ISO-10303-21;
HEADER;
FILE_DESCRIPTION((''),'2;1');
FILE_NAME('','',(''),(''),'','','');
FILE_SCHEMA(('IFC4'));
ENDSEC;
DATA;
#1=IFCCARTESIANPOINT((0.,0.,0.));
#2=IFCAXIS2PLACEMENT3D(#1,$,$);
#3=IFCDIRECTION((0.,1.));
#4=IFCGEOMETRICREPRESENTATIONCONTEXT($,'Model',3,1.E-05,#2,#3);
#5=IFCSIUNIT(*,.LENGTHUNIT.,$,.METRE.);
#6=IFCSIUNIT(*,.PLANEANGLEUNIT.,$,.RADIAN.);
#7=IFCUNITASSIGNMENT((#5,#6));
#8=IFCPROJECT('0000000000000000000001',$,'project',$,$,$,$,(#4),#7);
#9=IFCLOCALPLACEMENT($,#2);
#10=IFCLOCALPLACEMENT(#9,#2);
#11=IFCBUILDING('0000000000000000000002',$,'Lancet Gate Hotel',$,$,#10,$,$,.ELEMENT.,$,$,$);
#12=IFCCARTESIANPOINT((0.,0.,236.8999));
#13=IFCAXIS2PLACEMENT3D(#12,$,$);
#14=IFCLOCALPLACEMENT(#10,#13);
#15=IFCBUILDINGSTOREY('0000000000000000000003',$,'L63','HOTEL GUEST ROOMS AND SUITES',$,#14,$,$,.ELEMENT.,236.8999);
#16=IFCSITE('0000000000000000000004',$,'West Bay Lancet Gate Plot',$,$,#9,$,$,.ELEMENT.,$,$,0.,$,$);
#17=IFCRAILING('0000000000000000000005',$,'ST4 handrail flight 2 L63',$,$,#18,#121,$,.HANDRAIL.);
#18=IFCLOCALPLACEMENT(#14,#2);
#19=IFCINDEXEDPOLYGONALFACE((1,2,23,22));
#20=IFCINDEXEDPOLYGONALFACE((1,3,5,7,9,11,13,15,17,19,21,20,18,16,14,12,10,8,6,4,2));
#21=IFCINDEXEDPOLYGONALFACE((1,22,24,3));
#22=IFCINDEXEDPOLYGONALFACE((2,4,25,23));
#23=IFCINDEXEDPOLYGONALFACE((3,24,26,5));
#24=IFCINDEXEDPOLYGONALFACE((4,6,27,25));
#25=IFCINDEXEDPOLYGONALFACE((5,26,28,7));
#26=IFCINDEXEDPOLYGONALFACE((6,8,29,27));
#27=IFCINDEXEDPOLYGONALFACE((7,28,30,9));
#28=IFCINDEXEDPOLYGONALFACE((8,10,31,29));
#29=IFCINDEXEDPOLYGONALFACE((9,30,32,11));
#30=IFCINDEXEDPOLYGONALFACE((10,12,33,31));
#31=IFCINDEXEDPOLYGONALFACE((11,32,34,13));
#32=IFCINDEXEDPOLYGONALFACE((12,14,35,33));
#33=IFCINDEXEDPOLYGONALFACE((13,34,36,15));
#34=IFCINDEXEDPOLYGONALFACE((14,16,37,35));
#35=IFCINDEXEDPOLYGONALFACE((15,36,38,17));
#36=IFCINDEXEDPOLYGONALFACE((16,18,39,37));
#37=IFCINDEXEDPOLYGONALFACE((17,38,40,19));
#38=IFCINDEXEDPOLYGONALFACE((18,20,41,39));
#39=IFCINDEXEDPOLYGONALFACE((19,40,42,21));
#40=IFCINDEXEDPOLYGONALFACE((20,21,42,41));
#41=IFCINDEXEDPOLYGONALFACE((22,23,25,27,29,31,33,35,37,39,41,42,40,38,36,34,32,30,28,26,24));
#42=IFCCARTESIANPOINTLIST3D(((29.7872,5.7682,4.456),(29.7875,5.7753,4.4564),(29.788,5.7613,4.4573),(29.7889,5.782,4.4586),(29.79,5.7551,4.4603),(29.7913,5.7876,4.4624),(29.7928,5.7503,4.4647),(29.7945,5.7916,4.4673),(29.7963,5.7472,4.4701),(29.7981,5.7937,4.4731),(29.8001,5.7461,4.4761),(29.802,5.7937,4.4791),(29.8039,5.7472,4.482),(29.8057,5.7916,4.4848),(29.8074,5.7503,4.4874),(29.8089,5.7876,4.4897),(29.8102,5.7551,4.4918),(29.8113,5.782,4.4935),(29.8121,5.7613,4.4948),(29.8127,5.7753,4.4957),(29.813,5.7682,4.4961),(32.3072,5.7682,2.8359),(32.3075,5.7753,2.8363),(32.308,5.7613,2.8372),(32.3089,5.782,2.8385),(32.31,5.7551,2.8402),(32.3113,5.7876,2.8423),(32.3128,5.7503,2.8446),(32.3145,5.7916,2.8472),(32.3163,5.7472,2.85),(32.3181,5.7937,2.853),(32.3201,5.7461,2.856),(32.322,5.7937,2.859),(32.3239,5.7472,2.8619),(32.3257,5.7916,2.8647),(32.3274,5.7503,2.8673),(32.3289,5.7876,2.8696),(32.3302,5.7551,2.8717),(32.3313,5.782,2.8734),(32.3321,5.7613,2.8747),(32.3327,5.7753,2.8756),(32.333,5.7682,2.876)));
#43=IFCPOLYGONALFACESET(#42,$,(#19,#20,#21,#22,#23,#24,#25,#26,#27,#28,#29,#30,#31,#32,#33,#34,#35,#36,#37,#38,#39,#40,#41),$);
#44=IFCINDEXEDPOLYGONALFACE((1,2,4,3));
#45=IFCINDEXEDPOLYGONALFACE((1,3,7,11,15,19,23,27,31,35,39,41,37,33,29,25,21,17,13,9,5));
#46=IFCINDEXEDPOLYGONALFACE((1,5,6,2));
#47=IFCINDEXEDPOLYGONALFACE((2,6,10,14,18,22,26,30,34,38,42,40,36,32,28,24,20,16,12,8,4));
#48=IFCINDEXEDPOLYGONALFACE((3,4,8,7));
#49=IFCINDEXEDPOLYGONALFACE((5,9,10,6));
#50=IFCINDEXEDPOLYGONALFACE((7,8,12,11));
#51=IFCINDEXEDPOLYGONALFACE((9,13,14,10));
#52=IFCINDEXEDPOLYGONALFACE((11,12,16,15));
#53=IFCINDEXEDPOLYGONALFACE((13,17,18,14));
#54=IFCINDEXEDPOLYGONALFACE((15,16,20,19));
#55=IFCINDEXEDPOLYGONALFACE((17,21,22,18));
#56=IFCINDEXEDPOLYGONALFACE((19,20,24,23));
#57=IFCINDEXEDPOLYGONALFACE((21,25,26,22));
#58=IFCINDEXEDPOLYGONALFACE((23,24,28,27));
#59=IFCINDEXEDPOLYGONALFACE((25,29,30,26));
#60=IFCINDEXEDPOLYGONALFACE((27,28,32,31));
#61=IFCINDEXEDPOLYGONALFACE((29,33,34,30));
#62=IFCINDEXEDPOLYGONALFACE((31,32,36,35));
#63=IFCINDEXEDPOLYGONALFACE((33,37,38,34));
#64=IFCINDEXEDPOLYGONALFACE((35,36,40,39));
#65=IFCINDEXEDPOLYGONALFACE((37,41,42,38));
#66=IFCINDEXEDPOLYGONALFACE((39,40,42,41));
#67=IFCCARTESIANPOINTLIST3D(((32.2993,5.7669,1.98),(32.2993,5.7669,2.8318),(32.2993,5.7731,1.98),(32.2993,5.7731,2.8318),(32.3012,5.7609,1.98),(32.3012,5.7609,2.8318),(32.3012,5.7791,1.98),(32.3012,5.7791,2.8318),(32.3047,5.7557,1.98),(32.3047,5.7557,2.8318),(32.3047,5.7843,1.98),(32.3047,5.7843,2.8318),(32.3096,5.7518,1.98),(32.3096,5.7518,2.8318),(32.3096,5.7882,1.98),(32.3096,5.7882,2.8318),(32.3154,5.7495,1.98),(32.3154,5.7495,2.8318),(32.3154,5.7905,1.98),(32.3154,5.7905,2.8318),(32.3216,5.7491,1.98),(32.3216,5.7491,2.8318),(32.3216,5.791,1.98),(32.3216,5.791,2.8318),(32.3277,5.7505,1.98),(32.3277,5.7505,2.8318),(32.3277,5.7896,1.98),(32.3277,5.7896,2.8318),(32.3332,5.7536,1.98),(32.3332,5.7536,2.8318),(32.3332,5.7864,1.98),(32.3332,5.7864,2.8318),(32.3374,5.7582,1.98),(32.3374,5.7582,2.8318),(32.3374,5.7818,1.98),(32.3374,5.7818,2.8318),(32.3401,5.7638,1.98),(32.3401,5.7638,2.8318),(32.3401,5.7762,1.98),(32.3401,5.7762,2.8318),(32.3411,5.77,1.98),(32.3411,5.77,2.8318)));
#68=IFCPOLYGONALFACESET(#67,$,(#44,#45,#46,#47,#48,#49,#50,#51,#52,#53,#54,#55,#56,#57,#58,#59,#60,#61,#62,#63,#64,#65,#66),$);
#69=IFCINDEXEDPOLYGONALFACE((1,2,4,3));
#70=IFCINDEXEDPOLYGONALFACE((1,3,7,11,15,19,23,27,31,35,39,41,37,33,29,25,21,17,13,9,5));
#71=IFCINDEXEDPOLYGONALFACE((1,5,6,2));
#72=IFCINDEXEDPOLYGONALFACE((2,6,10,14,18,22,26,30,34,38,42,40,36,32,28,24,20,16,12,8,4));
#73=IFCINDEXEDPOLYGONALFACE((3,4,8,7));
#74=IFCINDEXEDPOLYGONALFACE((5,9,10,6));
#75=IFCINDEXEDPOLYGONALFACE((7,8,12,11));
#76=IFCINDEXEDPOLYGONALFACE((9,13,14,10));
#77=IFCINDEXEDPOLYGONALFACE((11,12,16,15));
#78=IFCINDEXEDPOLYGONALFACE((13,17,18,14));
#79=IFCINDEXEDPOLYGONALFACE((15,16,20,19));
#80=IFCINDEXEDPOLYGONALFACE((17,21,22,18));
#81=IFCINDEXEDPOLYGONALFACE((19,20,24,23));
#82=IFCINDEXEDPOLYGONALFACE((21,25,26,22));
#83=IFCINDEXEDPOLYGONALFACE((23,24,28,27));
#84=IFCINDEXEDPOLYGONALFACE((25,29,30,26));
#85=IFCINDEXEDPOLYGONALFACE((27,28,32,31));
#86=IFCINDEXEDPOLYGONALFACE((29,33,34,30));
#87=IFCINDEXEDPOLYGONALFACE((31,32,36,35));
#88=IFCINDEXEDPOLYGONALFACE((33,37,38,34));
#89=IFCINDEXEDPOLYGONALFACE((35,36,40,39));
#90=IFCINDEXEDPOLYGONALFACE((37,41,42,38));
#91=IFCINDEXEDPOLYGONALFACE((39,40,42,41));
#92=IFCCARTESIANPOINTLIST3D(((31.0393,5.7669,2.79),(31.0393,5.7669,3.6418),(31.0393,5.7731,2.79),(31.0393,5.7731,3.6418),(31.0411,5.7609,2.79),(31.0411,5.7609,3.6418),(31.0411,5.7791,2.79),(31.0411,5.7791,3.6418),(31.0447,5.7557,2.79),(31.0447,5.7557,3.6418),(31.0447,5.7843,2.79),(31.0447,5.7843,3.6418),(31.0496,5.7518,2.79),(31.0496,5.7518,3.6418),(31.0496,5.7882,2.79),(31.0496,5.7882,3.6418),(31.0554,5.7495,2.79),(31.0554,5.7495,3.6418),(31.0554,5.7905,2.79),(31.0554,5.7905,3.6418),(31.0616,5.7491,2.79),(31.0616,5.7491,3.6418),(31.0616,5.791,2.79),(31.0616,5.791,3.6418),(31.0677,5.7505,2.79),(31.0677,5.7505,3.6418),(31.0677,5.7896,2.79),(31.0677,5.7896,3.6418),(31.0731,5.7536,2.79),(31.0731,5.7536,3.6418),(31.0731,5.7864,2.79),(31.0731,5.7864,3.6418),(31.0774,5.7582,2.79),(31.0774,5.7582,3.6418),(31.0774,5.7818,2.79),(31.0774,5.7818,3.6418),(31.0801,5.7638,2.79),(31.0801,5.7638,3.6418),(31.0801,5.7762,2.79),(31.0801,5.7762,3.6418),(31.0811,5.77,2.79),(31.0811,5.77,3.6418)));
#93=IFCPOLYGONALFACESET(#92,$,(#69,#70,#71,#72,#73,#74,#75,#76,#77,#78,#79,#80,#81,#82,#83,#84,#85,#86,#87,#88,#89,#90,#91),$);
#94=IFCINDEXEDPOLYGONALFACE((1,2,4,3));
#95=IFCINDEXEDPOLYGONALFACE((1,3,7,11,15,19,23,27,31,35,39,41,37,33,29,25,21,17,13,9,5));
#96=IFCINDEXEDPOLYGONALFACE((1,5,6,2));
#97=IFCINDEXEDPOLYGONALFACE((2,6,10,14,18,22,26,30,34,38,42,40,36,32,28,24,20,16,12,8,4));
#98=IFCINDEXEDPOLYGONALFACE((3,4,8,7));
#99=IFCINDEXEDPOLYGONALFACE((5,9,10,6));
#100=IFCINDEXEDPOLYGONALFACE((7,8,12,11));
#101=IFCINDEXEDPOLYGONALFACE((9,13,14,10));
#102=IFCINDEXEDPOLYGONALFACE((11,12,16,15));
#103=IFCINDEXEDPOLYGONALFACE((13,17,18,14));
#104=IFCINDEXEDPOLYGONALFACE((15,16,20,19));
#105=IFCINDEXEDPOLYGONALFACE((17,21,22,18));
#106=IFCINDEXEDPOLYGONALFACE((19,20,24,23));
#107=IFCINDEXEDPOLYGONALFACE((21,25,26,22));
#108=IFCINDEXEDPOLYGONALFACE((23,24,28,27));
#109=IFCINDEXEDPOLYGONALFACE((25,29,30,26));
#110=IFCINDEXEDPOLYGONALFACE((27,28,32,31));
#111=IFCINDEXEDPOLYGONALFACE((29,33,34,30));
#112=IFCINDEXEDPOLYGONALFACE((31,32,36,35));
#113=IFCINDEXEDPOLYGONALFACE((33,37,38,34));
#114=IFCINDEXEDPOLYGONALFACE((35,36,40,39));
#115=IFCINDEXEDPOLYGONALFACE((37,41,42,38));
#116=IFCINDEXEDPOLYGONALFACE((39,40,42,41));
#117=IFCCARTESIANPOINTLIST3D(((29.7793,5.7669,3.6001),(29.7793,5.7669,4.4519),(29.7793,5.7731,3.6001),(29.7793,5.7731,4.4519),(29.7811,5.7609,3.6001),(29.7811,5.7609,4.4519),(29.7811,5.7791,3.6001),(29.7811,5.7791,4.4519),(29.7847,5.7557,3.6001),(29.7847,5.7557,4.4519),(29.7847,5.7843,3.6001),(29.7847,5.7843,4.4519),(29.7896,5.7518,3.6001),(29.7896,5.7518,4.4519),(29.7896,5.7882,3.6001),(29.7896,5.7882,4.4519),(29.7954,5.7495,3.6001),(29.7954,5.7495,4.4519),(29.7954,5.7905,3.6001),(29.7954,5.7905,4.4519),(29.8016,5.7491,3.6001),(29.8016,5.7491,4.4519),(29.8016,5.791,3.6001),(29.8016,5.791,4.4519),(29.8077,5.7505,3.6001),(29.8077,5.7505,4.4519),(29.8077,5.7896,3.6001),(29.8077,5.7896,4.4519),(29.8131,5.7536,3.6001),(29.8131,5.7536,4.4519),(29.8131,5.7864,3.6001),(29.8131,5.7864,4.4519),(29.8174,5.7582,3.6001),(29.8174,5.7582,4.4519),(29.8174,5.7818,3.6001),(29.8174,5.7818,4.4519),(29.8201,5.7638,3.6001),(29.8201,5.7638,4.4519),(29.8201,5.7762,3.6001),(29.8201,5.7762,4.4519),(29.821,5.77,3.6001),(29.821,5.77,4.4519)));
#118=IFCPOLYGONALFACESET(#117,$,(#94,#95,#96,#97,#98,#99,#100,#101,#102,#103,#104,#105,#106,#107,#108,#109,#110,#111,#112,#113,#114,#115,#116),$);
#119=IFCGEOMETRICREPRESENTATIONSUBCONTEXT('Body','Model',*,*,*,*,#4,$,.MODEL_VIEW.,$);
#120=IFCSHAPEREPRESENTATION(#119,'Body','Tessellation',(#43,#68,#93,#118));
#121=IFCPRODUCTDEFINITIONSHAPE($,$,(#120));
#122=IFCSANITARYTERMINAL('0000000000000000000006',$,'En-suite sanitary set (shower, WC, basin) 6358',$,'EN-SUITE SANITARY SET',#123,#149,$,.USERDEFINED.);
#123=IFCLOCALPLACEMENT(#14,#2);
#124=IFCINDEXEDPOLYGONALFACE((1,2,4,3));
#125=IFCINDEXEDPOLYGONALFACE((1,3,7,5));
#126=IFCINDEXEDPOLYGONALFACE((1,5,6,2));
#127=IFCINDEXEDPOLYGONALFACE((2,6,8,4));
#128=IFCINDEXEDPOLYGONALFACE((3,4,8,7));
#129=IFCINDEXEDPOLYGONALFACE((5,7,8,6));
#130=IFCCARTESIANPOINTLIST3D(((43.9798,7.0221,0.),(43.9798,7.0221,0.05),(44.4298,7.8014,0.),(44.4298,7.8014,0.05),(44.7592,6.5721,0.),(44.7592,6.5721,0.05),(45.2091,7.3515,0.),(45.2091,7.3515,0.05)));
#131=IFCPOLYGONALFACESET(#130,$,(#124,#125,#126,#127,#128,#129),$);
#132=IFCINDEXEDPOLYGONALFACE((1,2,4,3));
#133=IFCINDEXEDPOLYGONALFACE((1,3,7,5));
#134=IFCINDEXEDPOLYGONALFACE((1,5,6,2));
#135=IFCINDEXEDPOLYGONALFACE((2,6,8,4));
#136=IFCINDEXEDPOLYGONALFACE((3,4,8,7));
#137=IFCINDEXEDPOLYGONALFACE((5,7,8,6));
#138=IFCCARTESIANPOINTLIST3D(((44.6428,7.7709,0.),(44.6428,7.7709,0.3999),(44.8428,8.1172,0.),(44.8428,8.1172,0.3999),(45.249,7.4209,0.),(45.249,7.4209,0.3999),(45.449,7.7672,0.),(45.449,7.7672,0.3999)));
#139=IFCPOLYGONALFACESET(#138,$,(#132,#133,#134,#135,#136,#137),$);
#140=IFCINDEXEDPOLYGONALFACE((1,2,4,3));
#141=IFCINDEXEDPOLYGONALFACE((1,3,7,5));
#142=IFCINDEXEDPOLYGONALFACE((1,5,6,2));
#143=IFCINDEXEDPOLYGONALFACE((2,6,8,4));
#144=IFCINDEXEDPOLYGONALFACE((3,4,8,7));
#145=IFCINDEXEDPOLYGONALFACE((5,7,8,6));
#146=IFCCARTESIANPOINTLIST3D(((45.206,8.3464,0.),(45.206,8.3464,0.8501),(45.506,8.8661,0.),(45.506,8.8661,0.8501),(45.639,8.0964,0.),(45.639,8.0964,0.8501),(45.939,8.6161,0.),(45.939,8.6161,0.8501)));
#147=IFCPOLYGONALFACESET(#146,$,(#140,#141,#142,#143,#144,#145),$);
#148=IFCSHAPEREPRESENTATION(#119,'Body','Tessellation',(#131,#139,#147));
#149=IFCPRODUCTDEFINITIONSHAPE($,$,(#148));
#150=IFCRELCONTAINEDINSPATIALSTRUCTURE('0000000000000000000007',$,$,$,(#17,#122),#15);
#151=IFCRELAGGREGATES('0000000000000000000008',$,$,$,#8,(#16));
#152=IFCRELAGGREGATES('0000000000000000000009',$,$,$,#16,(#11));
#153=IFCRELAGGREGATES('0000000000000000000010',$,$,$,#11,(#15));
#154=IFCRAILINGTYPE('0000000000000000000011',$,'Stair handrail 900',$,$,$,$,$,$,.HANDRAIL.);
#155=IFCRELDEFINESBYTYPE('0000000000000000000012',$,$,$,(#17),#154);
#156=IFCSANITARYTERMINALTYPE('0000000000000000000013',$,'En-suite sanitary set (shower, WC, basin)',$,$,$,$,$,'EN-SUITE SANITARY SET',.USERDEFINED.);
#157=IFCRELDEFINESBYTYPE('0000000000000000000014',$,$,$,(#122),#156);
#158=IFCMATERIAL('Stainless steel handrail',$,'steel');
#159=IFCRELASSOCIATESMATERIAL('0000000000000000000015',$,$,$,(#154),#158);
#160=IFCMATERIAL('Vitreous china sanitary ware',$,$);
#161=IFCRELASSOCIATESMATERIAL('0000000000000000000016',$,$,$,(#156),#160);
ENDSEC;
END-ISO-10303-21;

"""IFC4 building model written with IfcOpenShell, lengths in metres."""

from ifc_helpers import new_model, si_unit, direction, frame, origin, origin_2d, place, context, subcontext, project, spatial, rectangle, circle, extrude, material, type_object, element, save


model = new_model("IFC4")

# Units and contexts
model_context = context("Model", 3, precision=1e-05, world=origin(), true_north=direction((0.0, 1.0)))
body_context = subcontext(model_context, "Body", "Model", "MODEL_VIEW")
ifc_project = project(units=[si_unit("LENGTHUNIT", "METRE"), si_unit("PLANEANGLEUNIT", "RADIAN")], contexts=[model_context])

# Site, building, storey
site_placement = place(None, origin())
site = spatial("IfcSite", under=ifc_project, at=site_placement, Name="West Bay Lancet Gate Plot", CompositionType="ELEMENT", RefElevation=0.0)
building_placement = place(site_placement, origin())
building = spatial("IfcBuilding", under=site, at=building_placement, Name="Lancet Gate Hotel", CompositionType="ELEMENT")
storey_placement = place(building_placement, frame((0.0, 0.0, 236.8999)))
storey = spatial("IfcBuildingStorey", under=building, at=storey_placement, Name="L63", Description="HOTEL GUEST ROOMS AND SUITES", CompositionType="ELEMENT", Elevation=236.8999)

# Railing
ifc_material_1 = material(Name="Stainless steel handrail", Category="steel")
railing_type = type_object("IfcRailingType", Name="Stair handrail 900", PredefinedType="HANDRAIL", material=ifc_material_1)
railing_1_placement = place(storey_placement, frame((32.3201, 5.77, 1.98)))
element("IfcRailing", 1, at=railing_1_placement, inside=storey, type_object=railing_type, Name="ST4 handrail flight 2 L63", PredefinedType="HANDRAIL", context=body_context, shape_type="SweptSolid", body=[
    extrude(circle(Radius=0.0239, at=origin_2d()), frame((0.0, 0.0, 0.876), z_axis=(-0.841163, 0.0, 0.540782), x_axis=(0.0, -1.0, 0.0)), (0.0, 0.0, 1.0), 2.9958),
    extrude(circle(Radius=0.021, at=origin_2d()), origin(), (0.0, 0.0, 1.0), 0.8518),
    extrude(circle(Radius=0.021, at=origin_2d()), frame((-1.26, 0.0, 0.8101)), (0.0, 0.0, 1.0), 0.8518),
    extrude(circle(Radius=0.021, at=origin_2d()), frame((-2.52, 0.0, 1.6201)), (0.0, 0.0, 1.0), 0.8518),
])

# Sanitary terminal
ifc_material_2 = material(Name="Vitreous china sanitary ware")
sanitary_terminal_type = type_object("IfcSanitaryTerminalType", Name="En-suite sanitary set (shower, WC, basin)", ElementType="EN-SUITE SANITARY SET", PredefinedType="USERDEFINED", material=ifc_material_2)
sanitary_terminal_placement = place(storey_placement, frame((44.5945, 7.1868, 0.0), z_axis=(0.0, 0.0, 1.0), x_axis=(1.0, 0.0, 0.0)))
element("IfcSanitaryTerminal", 2, at=sanitary_terminal_placement, inside=storey, type_object=sanitary_terminal_type, Name="En-suite sanitary set (shower, WC, basin) 6358", ObjectType="EN-SUITE SANITARY SET", PredefinedType="USERDEFINED", context=body_context, shape_type="SweptSolid", body=[
    extrude(rectangle(XDim=0.8999, YDim=0.8999, at=origin_2d()), frame((0.0, 0.0, 0.0), z_axis=(0.0, 0.0, 1.0), x_axis=(-0.5, -0.866025, 0.0)), (0.0, 0.0, 1.0), 0.05),
    extrude(rectangle(XDim=0.3999, YDim=0.7, at=origin_2d()), frame((0.4514, 0.5823, 0.0), z_axis=(0.0, 0.0, 1.0), x_axis=(-0.5, -0.866025, 0.0)), (0.0, 0.0, 1.0), 0.3999),
    extrude(rectangle(XDim=0.6001, YDim=0.5, at=origin_2d()), frame((0.978, 1.2944, 0.0), z_axis=(0.0, 0.0, 1.0), x_axis=(-0.5, -0.866025, 0.0)), (0.0, 0.0, 1.0), 0.8501),
])

save(model, "model.ifc")
